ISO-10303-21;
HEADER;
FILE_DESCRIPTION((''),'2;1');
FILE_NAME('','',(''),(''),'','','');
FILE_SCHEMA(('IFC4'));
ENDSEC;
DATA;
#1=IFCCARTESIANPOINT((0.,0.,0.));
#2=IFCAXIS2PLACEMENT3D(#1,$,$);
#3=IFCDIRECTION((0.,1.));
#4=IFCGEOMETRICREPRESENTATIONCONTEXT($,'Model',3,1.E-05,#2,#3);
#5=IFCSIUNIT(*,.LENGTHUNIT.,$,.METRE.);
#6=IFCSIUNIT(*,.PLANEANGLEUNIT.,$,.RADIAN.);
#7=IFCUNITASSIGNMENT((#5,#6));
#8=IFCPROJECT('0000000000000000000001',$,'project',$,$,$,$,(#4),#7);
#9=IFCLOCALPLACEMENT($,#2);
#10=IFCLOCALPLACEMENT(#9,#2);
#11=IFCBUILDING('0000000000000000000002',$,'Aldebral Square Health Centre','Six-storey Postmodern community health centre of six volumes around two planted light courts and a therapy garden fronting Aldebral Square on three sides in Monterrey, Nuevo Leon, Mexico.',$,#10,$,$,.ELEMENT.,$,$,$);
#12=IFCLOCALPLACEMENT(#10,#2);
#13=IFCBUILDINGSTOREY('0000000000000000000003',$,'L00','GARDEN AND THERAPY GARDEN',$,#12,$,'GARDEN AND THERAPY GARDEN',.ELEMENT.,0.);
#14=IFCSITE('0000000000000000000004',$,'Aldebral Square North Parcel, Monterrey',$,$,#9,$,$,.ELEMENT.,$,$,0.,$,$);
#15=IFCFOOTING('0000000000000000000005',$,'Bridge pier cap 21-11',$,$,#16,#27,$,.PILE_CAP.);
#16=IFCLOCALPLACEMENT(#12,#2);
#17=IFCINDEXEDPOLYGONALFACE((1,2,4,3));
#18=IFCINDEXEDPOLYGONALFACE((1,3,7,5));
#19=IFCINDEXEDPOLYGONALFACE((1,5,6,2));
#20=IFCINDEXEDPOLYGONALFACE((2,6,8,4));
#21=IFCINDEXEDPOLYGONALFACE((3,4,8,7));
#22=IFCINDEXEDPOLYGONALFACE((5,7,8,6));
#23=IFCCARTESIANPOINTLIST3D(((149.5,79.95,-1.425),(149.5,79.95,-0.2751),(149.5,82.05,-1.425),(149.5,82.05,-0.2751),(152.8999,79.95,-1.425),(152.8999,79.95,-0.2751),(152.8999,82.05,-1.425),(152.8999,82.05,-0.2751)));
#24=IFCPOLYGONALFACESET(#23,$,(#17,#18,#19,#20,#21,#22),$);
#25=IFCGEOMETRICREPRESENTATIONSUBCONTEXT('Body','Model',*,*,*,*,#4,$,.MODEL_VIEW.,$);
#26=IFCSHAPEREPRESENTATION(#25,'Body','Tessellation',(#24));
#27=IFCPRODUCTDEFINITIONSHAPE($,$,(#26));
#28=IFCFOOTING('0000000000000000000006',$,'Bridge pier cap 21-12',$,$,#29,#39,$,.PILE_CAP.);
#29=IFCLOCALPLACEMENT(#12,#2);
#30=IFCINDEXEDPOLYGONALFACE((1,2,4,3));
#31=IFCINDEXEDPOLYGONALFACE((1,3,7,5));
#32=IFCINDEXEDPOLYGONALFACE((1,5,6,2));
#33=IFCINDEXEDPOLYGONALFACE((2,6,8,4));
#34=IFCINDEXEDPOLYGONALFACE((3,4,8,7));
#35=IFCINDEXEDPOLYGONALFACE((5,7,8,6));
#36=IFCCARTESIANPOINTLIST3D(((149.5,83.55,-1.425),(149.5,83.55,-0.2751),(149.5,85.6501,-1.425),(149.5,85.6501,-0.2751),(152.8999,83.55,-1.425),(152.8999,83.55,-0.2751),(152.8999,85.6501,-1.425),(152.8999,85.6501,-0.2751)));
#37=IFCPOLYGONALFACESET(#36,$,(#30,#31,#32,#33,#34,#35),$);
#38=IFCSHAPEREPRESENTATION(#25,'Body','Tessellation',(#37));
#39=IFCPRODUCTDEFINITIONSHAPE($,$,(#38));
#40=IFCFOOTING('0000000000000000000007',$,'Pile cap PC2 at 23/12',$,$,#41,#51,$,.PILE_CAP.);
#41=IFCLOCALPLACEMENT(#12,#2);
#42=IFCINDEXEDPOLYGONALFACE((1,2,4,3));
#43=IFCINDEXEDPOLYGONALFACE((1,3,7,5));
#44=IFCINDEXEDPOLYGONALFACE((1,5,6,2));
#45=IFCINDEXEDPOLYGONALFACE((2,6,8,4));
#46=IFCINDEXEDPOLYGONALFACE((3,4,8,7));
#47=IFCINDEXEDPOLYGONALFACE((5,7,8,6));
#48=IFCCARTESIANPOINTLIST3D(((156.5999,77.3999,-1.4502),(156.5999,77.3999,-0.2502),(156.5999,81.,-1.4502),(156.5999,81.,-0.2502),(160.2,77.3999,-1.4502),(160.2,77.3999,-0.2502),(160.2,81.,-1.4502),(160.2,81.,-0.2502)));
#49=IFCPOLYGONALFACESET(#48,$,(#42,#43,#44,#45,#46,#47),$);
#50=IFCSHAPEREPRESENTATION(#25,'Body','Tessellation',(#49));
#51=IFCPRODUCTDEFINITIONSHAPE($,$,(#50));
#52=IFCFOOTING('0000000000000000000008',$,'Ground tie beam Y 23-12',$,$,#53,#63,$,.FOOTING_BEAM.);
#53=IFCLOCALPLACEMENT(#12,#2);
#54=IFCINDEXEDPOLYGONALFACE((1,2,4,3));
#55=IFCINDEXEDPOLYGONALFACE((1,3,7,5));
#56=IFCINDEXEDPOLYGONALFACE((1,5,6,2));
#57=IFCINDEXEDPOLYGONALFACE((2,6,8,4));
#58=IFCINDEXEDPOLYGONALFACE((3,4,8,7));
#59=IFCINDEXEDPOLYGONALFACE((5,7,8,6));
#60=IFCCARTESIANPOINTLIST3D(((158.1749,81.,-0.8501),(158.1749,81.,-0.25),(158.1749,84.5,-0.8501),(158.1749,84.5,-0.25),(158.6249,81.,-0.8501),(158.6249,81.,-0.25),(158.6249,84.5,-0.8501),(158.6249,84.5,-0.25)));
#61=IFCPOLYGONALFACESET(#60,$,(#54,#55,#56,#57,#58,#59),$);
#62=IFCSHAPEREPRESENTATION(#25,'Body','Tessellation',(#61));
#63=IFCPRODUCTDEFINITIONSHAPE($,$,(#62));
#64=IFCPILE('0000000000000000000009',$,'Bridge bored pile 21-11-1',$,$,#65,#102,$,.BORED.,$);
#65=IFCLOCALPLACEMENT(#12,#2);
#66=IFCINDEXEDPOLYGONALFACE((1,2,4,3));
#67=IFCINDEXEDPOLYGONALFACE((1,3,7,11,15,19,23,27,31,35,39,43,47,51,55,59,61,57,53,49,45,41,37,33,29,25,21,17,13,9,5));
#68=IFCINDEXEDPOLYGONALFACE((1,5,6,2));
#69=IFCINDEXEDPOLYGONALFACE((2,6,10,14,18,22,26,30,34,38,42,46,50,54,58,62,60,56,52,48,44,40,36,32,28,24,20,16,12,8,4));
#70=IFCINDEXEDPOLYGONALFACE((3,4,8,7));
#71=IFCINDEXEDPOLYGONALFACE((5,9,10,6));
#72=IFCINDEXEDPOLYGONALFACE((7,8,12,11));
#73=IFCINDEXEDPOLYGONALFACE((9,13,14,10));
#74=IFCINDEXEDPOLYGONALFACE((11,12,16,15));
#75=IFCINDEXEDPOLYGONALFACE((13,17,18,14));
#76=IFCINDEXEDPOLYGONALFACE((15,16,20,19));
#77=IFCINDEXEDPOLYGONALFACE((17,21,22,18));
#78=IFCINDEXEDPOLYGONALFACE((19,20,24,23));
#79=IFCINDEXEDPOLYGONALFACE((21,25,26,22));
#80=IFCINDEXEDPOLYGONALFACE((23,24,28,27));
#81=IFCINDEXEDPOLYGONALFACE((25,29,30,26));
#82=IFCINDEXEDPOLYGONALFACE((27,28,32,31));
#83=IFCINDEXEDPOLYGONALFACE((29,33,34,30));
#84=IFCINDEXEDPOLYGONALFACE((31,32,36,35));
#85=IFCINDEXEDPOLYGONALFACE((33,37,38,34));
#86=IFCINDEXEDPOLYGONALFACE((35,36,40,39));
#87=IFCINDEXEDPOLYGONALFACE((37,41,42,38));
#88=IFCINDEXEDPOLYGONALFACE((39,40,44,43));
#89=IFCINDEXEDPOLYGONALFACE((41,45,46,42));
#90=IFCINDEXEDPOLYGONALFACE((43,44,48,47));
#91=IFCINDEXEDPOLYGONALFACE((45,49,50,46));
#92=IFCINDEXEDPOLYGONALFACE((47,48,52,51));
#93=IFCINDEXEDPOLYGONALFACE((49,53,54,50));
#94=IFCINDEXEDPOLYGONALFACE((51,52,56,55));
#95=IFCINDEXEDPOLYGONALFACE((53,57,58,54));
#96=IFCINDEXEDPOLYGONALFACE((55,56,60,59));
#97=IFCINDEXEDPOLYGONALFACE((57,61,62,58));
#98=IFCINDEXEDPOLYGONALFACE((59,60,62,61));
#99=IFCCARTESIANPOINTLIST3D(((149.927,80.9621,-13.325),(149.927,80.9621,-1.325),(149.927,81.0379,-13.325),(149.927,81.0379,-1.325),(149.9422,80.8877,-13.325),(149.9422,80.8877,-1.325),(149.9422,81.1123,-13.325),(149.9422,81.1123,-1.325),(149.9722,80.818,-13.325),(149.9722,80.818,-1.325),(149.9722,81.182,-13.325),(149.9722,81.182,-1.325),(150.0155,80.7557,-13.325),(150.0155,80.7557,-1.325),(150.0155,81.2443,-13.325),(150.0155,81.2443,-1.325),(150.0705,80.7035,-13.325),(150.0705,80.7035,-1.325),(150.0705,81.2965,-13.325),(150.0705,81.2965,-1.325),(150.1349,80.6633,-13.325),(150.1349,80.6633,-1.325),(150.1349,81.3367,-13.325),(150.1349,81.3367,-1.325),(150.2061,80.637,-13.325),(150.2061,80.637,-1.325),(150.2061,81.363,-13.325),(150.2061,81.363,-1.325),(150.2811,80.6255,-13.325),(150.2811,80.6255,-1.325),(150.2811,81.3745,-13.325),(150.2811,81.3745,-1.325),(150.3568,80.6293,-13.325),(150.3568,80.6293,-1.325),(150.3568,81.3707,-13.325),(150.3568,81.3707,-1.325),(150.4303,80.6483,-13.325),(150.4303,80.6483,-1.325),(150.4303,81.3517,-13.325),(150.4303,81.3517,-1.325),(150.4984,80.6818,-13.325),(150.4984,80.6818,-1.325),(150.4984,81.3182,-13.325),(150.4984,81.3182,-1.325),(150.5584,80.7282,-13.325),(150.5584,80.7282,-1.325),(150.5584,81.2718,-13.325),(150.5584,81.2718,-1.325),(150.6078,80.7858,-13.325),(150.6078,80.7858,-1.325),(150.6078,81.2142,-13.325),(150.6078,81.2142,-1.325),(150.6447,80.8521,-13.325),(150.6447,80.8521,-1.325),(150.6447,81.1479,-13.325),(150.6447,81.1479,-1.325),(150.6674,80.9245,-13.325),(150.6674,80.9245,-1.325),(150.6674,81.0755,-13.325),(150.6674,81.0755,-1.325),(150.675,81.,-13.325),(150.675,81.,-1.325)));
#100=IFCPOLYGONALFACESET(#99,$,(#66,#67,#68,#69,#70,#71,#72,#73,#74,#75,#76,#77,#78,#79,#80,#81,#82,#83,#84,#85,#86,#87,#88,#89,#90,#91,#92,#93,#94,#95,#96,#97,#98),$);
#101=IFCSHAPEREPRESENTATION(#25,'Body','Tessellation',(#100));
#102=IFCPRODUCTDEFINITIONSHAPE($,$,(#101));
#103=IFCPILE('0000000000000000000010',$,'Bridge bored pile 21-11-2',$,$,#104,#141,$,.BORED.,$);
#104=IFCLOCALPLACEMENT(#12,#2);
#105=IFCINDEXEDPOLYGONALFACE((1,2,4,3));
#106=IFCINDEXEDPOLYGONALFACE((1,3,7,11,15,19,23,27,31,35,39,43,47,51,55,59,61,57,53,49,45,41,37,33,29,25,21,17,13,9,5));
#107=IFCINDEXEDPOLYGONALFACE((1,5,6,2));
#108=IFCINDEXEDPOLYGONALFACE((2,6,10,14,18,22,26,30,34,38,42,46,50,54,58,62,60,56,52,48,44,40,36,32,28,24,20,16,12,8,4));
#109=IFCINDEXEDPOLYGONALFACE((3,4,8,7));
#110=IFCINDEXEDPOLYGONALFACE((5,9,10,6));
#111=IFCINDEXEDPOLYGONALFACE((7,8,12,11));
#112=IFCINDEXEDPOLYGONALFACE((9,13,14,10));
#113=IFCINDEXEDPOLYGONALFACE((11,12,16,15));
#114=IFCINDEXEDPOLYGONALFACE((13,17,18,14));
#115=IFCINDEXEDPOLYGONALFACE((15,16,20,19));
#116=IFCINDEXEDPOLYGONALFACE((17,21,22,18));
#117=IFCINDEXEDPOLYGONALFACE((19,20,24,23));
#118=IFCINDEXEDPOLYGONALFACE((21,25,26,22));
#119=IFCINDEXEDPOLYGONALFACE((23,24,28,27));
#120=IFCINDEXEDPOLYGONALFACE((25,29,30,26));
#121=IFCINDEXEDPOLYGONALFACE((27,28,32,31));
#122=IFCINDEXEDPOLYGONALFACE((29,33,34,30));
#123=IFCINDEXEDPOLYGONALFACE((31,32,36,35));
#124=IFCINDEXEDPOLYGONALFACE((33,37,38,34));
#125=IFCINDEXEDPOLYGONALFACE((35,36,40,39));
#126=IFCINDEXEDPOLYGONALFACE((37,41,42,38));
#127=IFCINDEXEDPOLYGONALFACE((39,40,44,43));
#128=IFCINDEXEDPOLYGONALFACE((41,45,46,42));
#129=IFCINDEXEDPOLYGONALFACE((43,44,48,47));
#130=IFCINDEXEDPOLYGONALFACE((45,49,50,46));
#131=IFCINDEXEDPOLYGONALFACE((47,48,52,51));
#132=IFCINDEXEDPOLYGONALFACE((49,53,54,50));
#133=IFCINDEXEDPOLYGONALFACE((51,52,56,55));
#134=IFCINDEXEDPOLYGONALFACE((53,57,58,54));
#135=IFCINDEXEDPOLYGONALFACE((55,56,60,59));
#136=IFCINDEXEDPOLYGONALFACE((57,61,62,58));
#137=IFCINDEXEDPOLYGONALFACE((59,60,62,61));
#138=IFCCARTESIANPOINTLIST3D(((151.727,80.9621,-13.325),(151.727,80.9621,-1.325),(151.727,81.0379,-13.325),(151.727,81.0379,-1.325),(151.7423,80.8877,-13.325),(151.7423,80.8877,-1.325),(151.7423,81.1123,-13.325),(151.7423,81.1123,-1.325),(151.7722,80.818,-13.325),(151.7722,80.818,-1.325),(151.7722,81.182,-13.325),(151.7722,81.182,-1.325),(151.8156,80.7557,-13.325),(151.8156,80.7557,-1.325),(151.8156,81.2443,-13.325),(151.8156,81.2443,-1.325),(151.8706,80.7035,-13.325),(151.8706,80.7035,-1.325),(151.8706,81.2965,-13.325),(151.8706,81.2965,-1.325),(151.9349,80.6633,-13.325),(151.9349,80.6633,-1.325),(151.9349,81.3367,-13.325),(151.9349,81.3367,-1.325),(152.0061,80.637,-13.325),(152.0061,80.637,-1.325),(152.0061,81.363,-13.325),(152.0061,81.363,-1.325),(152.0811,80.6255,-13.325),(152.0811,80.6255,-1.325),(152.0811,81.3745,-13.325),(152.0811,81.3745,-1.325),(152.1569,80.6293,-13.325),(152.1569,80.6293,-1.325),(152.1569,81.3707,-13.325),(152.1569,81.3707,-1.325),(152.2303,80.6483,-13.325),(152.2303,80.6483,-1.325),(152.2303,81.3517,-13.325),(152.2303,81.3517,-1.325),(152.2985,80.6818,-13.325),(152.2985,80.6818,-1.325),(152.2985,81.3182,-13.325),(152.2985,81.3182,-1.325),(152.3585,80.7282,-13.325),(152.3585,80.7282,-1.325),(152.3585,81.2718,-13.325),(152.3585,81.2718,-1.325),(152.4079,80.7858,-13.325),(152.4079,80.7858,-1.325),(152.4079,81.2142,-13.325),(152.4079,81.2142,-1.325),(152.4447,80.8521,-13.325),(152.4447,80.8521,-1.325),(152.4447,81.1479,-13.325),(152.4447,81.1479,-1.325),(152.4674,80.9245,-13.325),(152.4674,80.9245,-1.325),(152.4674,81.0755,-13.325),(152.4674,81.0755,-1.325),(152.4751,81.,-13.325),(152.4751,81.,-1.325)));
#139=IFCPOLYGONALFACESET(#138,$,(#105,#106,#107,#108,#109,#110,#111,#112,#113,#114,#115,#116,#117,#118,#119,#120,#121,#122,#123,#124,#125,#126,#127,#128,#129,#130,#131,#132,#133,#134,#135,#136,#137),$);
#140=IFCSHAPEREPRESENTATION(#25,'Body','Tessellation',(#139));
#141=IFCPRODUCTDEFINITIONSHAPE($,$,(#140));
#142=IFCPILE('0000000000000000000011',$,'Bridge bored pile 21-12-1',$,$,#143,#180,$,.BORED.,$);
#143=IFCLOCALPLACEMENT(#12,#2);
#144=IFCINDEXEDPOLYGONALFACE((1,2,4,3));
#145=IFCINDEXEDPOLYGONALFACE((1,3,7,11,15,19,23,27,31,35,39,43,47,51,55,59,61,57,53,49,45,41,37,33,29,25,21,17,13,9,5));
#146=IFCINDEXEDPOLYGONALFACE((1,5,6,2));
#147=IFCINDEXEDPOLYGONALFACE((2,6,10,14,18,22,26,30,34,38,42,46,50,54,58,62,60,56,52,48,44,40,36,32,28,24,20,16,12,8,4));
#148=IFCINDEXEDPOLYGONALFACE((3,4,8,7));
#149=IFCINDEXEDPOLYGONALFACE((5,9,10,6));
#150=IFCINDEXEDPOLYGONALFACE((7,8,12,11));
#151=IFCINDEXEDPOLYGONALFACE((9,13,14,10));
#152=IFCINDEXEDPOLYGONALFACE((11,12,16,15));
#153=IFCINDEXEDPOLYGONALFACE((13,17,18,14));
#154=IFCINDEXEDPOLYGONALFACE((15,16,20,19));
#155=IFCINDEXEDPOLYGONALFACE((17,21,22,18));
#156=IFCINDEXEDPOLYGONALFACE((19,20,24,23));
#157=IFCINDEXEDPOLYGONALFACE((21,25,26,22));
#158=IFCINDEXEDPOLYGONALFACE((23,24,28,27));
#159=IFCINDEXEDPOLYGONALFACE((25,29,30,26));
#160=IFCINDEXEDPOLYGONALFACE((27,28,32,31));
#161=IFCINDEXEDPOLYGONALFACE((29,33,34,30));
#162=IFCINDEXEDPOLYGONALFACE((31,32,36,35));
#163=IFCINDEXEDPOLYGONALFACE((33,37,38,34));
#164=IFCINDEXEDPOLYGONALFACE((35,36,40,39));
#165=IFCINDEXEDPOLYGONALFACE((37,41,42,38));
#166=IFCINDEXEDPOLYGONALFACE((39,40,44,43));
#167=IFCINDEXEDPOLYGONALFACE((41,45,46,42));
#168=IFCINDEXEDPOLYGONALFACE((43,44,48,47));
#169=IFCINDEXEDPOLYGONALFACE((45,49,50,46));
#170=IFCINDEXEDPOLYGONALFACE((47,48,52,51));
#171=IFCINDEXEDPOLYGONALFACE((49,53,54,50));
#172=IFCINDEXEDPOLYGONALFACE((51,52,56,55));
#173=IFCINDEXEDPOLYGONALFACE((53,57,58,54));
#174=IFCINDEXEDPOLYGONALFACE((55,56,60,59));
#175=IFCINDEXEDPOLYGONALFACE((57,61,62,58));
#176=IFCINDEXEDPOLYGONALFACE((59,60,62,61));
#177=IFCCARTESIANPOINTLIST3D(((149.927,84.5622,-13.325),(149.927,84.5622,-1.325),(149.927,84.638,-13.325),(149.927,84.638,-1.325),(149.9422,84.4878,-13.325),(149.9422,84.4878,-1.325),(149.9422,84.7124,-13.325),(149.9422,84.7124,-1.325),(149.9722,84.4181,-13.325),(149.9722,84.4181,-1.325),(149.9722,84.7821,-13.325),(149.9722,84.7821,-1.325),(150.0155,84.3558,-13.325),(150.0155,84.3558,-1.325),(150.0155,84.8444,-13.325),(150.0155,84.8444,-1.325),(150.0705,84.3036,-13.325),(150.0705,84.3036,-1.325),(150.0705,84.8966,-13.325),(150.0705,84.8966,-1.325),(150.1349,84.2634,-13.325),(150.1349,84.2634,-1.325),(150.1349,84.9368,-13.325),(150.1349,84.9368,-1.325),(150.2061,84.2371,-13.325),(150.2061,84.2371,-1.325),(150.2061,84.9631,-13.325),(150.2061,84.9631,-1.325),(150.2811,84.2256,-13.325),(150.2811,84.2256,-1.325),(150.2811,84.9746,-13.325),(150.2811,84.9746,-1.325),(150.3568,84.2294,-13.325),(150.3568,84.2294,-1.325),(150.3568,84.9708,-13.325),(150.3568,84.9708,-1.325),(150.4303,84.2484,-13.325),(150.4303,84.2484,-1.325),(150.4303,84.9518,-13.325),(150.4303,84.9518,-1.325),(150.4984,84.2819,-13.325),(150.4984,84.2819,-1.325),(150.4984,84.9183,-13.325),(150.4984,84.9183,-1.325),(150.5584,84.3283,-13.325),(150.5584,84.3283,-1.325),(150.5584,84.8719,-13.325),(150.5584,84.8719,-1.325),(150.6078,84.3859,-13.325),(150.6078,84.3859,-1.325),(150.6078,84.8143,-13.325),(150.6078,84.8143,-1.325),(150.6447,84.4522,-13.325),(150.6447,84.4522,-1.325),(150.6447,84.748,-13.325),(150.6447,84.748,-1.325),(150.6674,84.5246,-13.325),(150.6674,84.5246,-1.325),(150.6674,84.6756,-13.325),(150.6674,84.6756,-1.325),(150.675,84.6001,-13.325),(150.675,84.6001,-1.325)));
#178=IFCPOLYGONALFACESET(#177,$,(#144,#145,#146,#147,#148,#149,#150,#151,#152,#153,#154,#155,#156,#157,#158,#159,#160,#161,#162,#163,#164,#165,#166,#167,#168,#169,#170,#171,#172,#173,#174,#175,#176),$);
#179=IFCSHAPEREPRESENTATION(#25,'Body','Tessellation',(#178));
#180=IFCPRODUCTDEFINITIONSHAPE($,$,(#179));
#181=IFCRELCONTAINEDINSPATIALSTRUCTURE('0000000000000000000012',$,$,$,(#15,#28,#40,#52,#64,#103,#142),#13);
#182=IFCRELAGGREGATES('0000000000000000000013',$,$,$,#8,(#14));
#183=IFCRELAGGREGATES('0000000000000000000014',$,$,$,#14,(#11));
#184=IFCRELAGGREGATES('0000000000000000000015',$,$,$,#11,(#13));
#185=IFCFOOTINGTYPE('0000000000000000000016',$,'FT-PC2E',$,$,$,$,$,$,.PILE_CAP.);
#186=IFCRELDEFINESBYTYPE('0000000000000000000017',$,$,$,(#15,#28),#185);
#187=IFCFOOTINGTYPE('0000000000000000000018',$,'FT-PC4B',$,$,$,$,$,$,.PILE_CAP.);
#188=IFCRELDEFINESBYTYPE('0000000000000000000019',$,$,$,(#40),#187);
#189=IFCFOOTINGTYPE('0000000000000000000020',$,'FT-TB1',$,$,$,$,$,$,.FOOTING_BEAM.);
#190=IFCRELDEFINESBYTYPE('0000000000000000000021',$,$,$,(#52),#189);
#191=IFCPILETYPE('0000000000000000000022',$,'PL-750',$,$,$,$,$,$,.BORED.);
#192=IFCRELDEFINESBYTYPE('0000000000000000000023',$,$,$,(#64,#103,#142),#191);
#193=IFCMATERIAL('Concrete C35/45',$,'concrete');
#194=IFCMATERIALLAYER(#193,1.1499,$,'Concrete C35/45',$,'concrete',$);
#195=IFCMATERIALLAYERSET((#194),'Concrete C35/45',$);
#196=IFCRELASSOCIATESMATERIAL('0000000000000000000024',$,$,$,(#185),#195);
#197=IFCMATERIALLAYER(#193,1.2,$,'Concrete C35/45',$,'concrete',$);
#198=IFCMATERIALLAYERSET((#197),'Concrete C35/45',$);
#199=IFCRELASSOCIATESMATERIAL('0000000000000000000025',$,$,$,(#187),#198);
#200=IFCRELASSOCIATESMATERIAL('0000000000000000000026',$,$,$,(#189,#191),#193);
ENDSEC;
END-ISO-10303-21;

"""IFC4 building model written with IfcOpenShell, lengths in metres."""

from ifc_helpers import new_model, si_unit, direction, frame, origin, origin_2d, place, context, subcontext, project, spatial, rectangle, circle, extrude, material, layer, layer_set, material_profile, profile_set, type_object, element, save


model = new_model("IFC4")

# Units and contexts
model_context = context("Model", 3, precision=1e-05, world=origin(), true_north=direction((0.0, 1.0)))
body_context = subcontext(model_context, "Body", "Model", "MODEL_VIEW")
ifc_project = project(units=[si_unit("LENGTHUNIT", "METRE"), si_unit("PLANEANGLEUNIT", "RADIAN")], contexts=[model_context])

# Site, building, storey
site_placement = place(None, origin())
site = spatial("IfcSite", under=ifc_project, at=site_placement, Name="Aldebral Square North Parcel, Monterrey", CompositionType="ELEMENT", RefElevation=0.0)
building_placement = place(site_placement, origin())
building = spatial("IfcBuilding", under=site, at=building_placement, Name="Aldebral Square Health Centre", Description="Six-storey Postmodern community health centre of six volumes around two planted light courts and a therapy garden fronting Aldebral Square on three sides in Monterrey, Nuevo Leon, Mexico.", CompositionType="ELEMENT")
storey_placement = place(building_placement, origin())
storey = spatial("IfcBuildingStorey", under=building, at=storey_placement, Name="L00", Description="GARDEN AND THERAPY GARDEN", LongName="GARDEN AND THERAPY GARDEN", CompositionType="ELEMENT", Elevation=0.0)

# Footings
ifc_material_1 = material(Name="Concrete C35/45", Category="concrete")
ifc_layer_1 = layer(ifc_material_1, 1.1499, Name="Concrete C35/45", Category="concrete")
ifc_layer_set_1 = layer_set([ifc_layer_1], Name="Concrete C35/45")
footing_type_1 = type_object("IfcFootingType", Name="FT-PC2E", PredefinedType="PILE_CAP", material=ifc_layer_set_1)
for number, where, z_axis, x_axis, name in (
    (1, (151.2, 81.0, -1.425), (0.0, 0.0, 1.0), (1.0, 0.0, 0.0), "Bridge pier cap 21-11"),
    (2, (151.2, 84.6001, -1.425), (0.0, 0.0, 1.0), (1.0, 0.0, 0.0), "Bridge pier cap 21-12"),
):
    element("IfcFooting", number, at=place(storey_placement, frame(where, z_axis=z_axis, x_axis=x_axis)), inside=storey, type_object=footing_type_1, Name=name, PredefinedType="PILE_CAP", context=body_context, shape_type="SweptSolid", body=[
        extrude(rectangle(XDim=3.3999, YDim=2.1001, at=origin_2d()), origin(), (0.0, 0.0, 1.0), 1.1499),
    ])
ifc_layer_2 = layer(ifc_material_1, 1.2, Name="Concrete C35/45", Category="concrete")
ifc_layer_set_2 = layer_set([ifc_layer_2], Name="Concrete C35/45")
footing_type_2 = type_object("IfcFootingType", Name="FT-PC4B", PredefinedType="PILE_CAP", material=ifc_layer_set_2)
footing_1_placement = place(storey_placement, frame((158.3999, 79.2, -1.4502), z_axis=(0.0, 0.0, 1.0), x_axis=(1.0, 0.0, 0.0)))
element("IfcFooting", 3, at=footing_1_placement, inside=storey, type_object=footing_type_2, Name="Pile cap PC2 at 23/12", PredefinedType="PILE_CAP", context=body_context, shape_type="SweptSolid", body=[
    extrude(rectangle(XDim=3.6001, YDim=3.6001, at=origin_2d()), origin(), (0.0, 0.0, 1.0), 1.2),
])
ifc_material_profile_1 = material_profile(ifc_material_1, rectangle(XDim=0.45, YDim=0.6001, at=origin_2d()), Name="RC 450x600")
ifc_profile_set_1 = profile_set([ifc_material_profile_1], Name="Concrete C35/45")
footing_type_3 = type_object("IfcFootingType", Name="FT-TB1", PredefinedType="FOOTING_BEAM", material=ifc_profile_set_1)
footing_2_placement = place(storey_placement, frame((158.3999, 81.0, -0.55), z_axis=(0.0, 1.0, 0.0), x_axis=(-1.0, 0.0, 0.0)))
element("IfcFooting", 4, at=footing_2_placement, inside=storey, type_object=footing_type_3, Name="Ground tie beam Y 23-12", PredefinedType="FOOTING_BEAM", context=body_context, shape_type="SweptSolid", body=[
    extrude(rectangle(XDim=0.45, YDim=0.6001, at=origin_2d()), origin(), (0.0, 0.0, 1.0), 3.5),
])

# Piles
ifc_material_profile_2 = material_profile(ifc_material_1, circle(Radius=0.375, at=origin_2d()), Name="PILE D750")
ifc_profile_set_2 = profile_set([ifc_material_profile_2], Name="Concrete C35/45")
pile_type_1 = type_object("IfcPileType", Name="PL-750", PredefinedType="BORED", material=ifc_profile_set_2)
for number, where, z_axis, x_axis, name in (
    (5, (150.3, 81.0, -1.325), (0.0, 0.0, -1.0), (1.0, 0.0, 0.0), "Bridge bored pile 21-11-1"),
    (6, (152.1001, 81.0, -1.325), (0.0, 0.0, -1.0), (1.0, 0.0, 0.0), "Bridge bored pile 21-11-2"),
    (7, (150.3, 84.6001, -1.325), (0.0, 0.0, -1.0), (1.0, 0.0, 0.0), "Bridge bored pile 21-12-1"),
):
    element("IfcPile", number, at=place(storey_placement, frame(where, z_axis=z_axis, x_axis=x_axis)), inside=storey, type_object=pile_type_1, Name=name, PredefinedType="BORED", context=body_context, shape_type="SweptSolid", body=[
        extrude(circle(Radius=0.375, at=origin_2d()), origin(), (0.0, 0.0, 1.0), 12.0),
    ])

save(model, "model.ifc")
